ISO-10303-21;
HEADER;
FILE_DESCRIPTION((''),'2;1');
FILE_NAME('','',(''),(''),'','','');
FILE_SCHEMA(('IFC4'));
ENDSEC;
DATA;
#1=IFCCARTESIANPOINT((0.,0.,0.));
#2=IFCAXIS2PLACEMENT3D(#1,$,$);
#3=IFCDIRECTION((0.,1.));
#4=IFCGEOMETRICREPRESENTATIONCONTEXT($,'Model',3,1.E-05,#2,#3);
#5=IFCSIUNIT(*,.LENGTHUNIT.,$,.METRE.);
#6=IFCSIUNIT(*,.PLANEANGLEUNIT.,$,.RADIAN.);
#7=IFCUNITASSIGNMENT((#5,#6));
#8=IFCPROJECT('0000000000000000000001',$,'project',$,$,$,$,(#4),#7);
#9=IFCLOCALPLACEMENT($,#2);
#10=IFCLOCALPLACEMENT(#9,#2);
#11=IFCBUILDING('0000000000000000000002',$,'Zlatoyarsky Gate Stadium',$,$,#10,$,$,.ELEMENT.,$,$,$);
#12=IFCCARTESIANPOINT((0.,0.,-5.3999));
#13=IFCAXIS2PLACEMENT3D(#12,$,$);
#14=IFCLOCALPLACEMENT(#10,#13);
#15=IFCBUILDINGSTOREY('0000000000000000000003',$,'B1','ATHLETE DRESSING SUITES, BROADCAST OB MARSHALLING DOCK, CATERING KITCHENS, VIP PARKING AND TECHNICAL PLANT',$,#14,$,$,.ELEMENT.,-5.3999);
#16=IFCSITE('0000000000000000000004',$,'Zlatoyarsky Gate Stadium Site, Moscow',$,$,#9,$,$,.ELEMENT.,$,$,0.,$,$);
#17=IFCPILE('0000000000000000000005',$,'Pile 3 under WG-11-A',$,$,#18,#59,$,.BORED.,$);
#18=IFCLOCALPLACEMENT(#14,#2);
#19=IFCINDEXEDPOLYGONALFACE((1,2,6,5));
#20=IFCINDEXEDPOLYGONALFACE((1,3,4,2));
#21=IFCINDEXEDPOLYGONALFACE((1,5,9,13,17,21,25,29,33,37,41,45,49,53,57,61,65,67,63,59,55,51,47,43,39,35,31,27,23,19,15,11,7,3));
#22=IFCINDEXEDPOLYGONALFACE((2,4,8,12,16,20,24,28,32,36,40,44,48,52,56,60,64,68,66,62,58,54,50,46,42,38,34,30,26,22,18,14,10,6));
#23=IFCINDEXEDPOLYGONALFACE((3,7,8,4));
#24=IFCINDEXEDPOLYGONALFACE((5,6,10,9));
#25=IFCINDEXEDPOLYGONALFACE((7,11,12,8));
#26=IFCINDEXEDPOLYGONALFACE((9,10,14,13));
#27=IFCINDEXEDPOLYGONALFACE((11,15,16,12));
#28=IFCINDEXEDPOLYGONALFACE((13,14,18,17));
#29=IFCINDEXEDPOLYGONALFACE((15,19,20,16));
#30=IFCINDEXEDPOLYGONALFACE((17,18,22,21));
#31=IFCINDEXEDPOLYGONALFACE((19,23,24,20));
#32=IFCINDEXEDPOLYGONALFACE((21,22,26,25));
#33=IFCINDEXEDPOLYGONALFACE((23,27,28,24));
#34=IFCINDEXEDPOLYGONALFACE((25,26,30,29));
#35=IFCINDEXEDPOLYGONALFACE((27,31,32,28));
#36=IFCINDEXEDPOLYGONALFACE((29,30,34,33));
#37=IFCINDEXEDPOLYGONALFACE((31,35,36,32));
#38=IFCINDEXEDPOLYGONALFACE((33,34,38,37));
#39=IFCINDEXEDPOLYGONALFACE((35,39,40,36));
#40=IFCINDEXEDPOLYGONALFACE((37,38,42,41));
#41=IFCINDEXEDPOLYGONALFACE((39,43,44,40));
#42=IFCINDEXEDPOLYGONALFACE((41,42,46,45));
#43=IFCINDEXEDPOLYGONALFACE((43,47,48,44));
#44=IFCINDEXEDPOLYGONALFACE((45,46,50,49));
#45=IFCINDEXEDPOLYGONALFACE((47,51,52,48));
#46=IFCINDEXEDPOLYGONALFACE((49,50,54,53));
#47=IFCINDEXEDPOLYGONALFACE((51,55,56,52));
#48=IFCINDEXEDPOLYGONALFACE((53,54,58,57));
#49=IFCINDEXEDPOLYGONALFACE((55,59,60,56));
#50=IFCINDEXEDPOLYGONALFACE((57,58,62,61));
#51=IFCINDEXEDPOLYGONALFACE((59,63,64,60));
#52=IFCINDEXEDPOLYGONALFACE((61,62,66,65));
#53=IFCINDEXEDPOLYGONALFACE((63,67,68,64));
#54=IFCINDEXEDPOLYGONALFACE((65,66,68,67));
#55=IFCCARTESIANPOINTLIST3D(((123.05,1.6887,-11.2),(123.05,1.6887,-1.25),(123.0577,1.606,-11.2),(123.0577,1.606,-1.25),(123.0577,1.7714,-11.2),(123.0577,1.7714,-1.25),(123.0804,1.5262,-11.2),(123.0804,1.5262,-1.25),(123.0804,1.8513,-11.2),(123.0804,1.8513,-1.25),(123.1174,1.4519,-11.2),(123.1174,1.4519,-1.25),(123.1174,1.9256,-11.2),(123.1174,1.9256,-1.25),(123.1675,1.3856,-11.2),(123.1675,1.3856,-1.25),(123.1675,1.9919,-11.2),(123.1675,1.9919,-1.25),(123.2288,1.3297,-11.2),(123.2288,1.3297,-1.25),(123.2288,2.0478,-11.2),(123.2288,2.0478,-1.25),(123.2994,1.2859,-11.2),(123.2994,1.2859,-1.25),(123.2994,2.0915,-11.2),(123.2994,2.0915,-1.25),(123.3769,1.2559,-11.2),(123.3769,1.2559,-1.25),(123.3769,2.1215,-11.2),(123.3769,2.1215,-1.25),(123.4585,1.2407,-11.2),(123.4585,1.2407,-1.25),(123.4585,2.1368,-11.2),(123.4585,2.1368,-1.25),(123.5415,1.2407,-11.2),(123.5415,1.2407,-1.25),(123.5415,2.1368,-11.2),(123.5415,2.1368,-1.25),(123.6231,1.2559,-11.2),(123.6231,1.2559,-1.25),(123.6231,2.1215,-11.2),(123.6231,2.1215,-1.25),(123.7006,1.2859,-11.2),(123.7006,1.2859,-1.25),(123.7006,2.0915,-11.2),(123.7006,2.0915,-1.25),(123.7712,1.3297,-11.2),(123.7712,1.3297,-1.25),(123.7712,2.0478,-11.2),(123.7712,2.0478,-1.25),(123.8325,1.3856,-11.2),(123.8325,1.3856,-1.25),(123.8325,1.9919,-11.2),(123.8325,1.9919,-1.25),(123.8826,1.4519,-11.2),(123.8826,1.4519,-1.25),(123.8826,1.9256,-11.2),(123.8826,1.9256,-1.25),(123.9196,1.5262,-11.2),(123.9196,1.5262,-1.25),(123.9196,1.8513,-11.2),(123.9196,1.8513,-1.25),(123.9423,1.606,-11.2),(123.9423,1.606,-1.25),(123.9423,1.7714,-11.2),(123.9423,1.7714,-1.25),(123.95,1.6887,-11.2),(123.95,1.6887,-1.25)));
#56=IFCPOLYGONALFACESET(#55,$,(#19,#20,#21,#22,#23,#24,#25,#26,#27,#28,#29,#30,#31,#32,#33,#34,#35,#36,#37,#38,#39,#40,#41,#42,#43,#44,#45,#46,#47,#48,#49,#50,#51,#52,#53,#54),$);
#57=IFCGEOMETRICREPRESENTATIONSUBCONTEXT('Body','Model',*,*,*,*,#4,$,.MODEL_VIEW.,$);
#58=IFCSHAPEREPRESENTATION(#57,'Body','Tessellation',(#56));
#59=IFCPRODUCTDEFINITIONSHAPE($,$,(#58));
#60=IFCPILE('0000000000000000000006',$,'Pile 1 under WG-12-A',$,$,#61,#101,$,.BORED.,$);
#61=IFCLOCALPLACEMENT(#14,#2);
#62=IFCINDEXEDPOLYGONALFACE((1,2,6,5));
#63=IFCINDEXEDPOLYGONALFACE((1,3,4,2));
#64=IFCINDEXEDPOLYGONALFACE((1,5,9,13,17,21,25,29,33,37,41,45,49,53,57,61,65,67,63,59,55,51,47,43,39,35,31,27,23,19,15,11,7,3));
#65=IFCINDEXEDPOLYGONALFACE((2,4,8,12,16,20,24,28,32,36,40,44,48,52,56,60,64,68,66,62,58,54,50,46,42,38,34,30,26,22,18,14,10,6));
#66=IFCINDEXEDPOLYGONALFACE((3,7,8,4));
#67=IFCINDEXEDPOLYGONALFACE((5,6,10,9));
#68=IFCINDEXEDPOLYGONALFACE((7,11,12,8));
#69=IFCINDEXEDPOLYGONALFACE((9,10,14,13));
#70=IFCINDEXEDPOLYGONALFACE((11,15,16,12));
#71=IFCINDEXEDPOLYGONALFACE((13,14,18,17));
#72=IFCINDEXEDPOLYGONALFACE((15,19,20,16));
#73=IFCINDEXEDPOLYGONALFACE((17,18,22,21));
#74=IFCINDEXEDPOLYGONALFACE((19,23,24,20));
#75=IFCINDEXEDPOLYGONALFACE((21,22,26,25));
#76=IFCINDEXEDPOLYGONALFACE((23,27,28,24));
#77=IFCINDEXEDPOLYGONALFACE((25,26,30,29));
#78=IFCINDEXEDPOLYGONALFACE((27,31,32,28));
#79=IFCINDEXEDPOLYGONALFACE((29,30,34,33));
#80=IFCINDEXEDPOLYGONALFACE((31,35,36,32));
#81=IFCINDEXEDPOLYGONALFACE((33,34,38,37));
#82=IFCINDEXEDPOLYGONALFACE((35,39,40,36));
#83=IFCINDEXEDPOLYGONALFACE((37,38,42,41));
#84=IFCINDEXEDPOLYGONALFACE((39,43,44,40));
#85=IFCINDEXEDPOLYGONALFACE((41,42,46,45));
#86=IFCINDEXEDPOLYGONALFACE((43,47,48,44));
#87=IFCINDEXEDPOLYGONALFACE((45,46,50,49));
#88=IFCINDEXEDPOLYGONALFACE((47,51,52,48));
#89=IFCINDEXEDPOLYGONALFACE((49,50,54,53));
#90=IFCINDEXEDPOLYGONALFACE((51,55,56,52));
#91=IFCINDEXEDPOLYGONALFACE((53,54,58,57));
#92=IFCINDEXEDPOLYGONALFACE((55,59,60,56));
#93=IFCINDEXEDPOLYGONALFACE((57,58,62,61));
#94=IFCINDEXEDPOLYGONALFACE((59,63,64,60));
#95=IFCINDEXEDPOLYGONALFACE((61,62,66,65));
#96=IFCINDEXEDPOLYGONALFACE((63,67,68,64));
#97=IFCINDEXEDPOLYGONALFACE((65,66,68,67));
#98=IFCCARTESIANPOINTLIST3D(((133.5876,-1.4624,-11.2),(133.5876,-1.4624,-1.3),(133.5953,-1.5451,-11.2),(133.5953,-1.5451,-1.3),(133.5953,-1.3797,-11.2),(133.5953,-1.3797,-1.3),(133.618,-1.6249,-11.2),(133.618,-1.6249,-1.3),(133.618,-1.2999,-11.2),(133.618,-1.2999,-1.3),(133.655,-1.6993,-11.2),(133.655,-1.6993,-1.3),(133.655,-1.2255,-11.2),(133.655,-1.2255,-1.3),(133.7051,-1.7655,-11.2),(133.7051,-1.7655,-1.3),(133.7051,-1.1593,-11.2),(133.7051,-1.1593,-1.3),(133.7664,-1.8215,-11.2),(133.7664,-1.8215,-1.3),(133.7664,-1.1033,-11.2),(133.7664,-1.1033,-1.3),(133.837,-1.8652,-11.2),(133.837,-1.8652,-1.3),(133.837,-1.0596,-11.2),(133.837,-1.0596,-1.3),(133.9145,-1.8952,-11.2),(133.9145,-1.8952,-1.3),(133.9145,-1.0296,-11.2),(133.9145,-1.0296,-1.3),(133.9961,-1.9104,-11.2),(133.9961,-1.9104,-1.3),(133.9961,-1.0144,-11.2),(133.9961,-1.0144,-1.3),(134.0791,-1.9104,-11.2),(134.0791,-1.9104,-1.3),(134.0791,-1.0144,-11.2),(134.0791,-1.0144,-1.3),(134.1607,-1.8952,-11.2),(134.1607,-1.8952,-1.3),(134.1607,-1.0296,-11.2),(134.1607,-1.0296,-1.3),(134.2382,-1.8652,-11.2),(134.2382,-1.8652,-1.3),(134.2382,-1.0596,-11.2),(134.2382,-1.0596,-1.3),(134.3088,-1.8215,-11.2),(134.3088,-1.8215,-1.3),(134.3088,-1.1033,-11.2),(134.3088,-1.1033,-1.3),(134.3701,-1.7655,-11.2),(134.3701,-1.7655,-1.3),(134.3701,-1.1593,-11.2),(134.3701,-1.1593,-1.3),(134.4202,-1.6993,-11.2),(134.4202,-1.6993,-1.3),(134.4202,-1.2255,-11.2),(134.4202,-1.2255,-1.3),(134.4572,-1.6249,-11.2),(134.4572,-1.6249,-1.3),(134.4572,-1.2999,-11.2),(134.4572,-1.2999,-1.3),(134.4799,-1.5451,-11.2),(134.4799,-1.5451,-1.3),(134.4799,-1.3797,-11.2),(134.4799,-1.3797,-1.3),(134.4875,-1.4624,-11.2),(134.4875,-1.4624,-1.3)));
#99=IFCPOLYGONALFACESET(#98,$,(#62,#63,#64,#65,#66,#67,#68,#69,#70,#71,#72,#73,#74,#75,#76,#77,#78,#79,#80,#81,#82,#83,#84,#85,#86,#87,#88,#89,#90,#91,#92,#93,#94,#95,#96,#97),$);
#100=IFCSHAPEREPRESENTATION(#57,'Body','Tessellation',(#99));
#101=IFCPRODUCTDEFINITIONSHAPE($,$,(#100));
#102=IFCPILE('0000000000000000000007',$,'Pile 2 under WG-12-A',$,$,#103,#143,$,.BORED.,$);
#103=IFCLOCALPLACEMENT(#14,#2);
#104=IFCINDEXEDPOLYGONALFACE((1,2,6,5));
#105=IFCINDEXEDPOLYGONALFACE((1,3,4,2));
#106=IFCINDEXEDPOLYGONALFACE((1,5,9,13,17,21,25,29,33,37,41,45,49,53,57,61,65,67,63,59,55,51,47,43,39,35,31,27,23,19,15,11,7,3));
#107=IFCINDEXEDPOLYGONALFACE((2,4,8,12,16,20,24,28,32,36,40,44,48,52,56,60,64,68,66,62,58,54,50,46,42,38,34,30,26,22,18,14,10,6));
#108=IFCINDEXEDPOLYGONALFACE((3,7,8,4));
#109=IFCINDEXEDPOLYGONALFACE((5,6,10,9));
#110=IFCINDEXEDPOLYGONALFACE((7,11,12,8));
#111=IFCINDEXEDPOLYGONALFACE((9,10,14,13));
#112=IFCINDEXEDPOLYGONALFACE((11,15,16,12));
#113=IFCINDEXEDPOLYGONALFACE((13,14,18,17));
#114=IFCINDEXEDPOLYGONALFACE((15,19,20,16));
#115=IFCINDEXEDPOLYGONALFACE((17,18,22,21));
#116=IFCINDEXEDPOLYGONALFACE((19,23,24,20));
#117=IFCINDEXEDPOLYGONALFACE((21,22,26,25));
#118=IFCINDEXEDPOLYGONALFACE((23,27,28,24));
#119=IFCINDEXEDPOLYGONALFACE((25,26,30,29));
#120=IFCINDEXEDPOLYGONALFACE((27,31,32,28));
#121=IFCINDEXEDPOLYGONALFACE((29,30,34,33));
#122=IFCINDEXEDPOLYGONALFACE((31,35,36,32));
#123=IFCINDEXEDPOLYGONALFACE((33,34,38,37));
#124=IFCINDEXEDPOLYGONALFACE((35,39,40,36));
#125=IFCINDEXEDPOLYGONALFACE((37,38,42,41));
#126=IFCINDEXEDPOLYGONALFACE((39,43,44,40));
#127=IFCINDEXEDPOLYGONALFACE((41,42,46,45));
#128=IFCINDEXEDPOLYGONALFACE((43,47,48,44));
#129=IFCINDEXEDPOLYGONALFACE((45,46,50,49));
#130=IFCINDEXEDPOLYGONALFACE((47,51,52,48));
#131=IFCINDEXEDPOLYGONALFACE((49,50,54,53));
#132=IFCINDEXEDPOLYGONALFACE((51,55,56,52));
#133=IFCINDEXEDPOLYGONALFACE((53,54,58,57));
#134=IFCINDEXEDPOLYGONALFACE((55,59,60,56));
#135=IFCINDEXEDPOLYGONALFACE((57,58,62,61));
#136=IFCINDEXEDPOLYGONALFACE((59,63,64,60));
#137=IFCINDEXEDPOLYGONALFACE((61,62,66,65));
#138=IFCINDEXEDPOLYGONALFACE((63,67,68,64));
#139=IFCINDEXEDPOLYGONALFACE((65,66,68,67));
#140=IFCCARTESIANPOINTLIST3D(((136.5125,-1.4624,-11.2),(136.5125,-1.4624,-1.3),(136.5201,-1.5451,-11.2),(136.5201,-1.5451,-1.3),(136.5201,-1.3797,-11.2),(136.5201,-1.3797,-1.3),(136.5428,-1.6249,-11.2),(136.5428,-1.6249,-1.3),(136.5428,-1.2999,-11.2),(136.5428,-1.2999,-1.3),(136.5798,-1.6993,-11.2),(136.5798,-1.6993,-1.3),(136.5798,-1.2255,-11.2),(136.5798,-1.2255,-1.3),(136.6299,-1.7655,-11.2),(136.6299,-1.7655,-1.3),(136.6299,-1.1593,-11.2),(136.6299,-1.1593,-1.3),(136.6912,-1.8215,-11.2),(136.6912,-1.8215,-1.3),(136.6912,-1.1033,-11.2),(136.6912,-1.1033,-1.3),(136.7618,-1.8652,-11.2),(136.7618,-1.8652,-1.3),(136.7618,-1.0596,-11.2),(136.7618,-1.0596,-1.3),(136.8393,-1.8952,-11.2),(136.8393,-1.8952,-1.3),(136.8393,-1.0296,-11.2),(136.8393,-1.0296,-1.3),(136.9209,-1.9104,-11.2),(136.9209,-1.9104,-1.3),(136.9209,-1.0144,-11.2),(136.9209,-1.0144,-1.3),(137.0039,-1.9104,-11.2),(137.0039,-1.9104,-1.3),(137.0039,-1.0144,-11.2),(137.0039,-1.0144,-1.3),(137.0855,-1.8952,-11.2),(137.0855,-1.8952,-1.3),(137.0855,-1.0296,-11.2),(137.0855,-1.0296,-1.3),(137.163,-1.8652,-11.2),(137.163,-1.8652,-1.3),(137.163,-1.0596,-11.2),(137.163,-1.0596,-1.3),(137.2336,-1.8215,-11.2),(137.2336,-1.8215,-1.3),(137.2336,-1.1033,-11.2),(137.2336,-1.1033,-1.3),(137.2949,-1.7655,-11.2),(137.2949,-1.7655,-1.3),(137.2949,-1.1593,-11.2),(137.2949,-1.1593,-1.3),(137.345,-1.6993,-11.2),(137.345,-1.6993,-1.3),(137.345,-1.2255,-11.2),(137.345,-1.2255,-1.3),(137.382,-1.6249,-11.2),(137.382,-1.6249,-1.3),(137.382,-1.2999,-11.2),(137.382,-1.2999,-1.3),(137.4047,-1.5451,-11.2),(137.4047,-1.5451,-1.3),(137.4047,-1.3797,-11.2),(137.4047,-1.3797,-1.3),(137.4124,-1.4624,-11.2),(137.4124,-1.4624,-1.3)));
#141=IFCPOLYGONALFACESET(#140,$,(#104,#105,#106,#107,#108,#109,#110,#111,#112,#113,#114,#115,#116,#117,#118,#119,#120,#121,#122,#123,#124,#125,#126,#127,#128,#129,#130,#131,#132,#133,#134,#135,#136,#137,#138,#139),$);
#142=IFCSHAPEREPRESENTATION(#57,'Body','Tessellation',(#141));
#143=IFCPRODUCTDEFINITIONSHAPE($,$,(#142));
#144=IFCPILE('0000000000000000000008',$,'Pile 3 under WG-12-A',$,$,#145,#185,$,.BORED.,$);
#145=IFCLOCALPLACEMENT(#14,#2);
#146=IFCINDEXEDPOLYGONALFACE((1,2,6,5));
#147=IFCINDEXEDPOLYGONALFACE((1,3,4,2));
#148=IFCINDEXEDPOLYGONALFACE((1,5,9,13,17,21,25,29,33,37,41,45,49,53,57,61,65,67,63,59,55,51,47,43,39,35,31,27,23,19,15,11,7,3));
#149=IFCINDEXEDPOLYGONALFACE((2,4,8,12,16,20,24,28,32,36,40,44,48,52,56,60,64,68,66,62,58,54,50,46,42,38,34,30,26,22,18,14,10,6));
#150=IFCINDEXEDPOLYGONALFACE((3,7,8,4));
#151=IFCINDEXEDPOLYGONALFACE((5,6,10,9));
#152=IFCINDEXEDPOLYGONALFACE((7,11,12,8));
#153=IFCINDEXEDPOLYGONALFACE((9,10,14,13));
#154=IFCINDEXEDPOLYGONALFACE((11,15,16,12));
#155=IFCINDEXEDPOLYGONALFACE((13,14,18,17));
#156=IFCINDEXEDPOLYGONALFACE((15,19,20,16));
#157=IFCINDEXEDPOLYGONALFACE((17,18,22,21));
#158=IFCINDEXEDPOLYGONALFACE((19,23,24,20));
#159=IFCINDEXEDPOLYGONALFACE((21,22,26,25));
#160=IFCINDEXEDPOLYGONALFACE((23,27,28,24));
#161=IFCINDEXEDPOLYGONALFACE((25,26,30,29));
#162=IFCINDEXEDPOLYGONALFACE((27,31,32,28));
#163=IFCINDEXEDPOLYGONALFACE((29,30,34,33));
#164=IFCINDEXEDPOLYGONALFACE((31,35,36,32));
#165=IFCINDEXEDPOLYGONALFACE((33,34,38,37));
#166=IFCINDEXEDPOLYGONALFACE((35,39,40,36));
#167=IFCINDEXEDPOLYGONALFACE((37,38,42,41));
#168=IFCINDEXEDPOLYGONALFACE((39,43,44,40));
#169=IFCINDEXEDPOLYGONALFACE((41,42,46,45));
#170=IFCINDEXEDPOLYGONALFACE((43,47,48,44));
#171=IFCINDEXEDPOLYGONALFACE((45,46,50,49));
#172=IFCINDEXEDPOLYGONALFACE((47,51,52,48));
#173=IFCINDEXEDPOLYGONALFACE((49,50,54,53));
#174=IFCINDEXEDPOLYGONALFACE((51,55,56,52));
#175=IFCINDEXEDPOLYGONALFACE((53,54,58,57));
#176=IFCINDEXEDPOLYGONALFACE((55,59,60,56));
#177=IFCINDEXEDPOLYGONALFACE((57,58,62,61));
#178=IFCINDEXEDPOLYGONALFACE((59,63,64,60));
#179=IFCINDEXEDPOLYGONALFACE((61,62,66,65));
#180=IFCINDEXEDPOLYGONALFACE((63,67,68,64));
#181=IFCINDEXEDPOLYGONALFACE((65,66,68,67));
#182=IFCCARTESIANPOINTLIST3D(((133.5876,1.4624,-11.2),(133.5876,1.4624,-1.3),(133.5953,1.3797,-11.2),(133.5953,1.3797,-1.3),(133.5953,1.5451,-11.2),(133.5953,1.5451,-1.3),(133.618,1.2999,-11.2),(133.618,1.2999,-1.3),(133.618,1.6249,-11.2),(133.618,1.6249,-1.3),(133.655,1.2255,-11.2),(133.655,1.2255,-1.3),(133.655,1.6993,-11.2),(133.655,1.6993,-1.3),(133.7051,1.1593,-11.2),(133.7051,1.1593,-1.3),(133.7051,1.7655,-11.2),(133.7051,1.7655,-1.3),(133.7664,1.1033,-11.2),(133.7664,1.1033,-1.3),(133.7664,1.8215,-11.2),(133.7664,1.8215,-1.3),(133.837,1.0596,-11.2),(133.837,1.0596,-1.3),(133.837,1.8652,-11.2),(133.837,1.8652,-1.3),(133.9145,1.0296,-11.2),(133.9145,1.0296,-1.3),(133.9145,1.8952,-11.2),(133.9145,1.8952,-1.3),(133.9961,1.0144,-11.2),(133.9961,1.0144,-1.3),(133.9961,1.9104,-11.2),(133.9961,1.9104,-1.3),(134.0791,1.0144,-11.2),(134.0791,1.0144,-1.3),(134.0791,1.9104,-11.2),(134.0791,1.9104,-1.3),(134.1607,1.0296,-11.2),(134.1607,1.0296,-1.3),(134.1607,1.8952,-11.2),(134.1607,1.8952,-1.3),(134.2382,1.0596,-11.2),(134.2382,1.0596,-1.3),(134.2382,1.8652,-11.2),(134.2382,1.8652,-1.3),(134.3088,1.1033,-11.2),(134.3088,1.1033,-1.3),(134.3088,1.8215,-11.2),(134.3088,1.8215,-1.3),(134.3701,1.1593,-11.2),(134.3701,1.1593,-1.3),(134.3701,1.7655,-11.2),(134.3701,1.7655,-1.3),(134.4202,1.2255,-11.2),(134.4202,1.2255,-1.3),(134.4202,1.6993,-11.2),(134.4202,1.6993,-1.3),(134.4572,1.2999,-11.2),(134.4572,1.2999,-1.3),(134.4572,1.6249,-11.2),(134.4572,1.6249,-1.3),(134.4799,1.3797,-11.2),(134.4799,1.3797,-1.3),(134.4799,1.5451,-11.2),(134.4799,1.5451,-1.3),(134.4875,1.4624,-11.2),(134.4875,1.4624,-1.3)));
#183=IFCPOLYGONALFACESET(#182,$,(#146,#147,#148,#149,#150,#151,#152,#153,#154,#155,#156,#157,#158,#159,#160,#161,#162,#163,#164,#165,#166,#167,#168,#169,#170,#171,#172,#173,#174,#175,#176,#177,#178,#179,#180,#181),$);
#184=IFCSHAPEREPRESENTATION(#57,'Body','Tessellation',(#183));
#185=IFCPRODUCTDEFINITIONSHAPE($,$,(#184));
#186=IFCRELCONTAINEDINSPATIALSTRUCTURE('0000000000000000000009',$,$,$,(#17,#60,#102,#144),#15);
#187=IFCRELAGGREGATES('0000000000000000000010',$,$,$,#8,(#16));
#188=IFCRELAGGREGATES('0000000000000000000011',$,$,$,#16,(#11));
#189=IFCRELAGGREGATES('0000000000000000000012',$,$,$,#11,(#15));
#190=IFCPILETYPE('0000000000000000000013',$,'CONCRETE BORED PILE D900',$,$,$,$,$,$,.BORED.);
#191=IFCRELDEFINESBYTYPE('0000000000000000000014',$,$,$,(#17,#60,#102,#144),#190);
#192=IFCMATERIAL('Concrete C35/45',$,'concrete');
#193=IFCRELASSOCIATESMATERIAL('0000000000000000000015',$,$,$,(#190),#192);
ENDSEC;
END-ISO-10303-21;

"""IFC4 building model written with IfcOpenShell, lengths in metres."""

from ifc_helpers import new_model, si_unit, direction, frame, origin, origin_2d, place, context, subcontext, project, spatial, circle, extrude, material, material_profile, profile_set, type_object, element, save


model = new_model("IFC4")

# Units and contexts
model_context = context("Model", 3, precision=1e-05, world=origin(), true_north=direction((0.0, 1.0)))
body_context = subcontext(model_context, "Body", "Model", "MODEL_VIEW")
ifc_project = project(units=[si_unit("LENGTHUNIT", "METRE"), si_unit("PLANEANGLEUNIT", "RADIAN")], contexts=[model_context])

# Site, building, storey
site_placement = place(None, origin())
site = spatial("IfcSite", under=ifc_project, at=site_placement, Name="Zlatoyarsky Gate Stadium Site, Moscow", CompositionType="ELEMENT", RefElevation=0.0)
building_placement = place(site_placement, origin())
building = spatial("IfcBuilding", under=site, at=building_placement, Name="Zlatoyarsky Gate Stadium", CompositionType="ELEMENT")
storey_placement = place(building_placement, frame((0.0, 0.0, -5.3999)))
storey = spatial("IfcBuildingStorey", under=building, at=storey_placement, Name="B1", Description="ATHLETE DRESSING SUITES, BROADCAST OB MARSHALLING DOCK, CATERING KITCHENS, VIP PARKING AND TECHNICAL PLANT", CompositionType="ELEMENT", Elevation=-5.3999)

# Piles
ifc_material_1 = material(Name="Concrete C35/45", Category="concrete")
ifc_material_profile_1 = material_profile(ifc_material_1, circle(Radius=0.45, at=origin_2d()), Name="BORED PILE D900")
ifc_profile_set_1 = profile_set([ifc_material_profile_1], Name="Concrete C35/45")
pile_type_1 = type_object("IfcPileType", Name="CONCRETE BORED PILE D900", PredefinedType="BORED", material=ifc_profile_set_1)
for number, where, z_axis, x_axis, name in (
    (1, (123.5, 1.6887, -1.25), (0.0, 0.0, -1.0), (1.0, 0.0, 0.0), "Pile 3 under WG-11-A"),
):
    element("IfcPile", number, at=place(storey_placement, frame(where, z_axis=z_axis, x_axis=x_axis)), inside=storey, type_object=pile_type_1, Name=name, PredefinedType="BORED", context=body_context, shape_type="SweptSolid", body=[
        extrude(circle(Radius=0.45, at=origin_2d()), origin(), (0.0, 0.0, 1.0), 9.95),
    ])
for number, where, z_axis, x_axis, name in (
    (2, (134.0376, -1.4624, -1.3), (0.0, 0.0, -1.0), (1.0, 0.0, 0.0), "Pile 1 under WG-12-A"),
    (3, (136.9624, -1.4624, -1.3), (0.0, 0.0, -1.0), (1.0, 0.0, 0.0), "Pile 2 under WG-12-A"),
    (4, (134.0376, 1.4624, -1.3), (0.0, 0.0, -1.0), (1.0, 0.0, 0.0), "Pile 3 under WG-12-A"),
):
    element("IfcPile", number, at=place(storey_placement, frame(where, z_axis=z_axis, x_axis=x_axis)), inside=storey, type_object=pile_type_1, Name=name, PredefinedType="BORED", context=body_context, shape_type="SweptSolid", body=[
        extrude(circle(Radius=0.45, at=origin_2d()), origin(), (0.0, 0.0, 1.0), 9.8999),
    ])

save(model, "model.ifc")
